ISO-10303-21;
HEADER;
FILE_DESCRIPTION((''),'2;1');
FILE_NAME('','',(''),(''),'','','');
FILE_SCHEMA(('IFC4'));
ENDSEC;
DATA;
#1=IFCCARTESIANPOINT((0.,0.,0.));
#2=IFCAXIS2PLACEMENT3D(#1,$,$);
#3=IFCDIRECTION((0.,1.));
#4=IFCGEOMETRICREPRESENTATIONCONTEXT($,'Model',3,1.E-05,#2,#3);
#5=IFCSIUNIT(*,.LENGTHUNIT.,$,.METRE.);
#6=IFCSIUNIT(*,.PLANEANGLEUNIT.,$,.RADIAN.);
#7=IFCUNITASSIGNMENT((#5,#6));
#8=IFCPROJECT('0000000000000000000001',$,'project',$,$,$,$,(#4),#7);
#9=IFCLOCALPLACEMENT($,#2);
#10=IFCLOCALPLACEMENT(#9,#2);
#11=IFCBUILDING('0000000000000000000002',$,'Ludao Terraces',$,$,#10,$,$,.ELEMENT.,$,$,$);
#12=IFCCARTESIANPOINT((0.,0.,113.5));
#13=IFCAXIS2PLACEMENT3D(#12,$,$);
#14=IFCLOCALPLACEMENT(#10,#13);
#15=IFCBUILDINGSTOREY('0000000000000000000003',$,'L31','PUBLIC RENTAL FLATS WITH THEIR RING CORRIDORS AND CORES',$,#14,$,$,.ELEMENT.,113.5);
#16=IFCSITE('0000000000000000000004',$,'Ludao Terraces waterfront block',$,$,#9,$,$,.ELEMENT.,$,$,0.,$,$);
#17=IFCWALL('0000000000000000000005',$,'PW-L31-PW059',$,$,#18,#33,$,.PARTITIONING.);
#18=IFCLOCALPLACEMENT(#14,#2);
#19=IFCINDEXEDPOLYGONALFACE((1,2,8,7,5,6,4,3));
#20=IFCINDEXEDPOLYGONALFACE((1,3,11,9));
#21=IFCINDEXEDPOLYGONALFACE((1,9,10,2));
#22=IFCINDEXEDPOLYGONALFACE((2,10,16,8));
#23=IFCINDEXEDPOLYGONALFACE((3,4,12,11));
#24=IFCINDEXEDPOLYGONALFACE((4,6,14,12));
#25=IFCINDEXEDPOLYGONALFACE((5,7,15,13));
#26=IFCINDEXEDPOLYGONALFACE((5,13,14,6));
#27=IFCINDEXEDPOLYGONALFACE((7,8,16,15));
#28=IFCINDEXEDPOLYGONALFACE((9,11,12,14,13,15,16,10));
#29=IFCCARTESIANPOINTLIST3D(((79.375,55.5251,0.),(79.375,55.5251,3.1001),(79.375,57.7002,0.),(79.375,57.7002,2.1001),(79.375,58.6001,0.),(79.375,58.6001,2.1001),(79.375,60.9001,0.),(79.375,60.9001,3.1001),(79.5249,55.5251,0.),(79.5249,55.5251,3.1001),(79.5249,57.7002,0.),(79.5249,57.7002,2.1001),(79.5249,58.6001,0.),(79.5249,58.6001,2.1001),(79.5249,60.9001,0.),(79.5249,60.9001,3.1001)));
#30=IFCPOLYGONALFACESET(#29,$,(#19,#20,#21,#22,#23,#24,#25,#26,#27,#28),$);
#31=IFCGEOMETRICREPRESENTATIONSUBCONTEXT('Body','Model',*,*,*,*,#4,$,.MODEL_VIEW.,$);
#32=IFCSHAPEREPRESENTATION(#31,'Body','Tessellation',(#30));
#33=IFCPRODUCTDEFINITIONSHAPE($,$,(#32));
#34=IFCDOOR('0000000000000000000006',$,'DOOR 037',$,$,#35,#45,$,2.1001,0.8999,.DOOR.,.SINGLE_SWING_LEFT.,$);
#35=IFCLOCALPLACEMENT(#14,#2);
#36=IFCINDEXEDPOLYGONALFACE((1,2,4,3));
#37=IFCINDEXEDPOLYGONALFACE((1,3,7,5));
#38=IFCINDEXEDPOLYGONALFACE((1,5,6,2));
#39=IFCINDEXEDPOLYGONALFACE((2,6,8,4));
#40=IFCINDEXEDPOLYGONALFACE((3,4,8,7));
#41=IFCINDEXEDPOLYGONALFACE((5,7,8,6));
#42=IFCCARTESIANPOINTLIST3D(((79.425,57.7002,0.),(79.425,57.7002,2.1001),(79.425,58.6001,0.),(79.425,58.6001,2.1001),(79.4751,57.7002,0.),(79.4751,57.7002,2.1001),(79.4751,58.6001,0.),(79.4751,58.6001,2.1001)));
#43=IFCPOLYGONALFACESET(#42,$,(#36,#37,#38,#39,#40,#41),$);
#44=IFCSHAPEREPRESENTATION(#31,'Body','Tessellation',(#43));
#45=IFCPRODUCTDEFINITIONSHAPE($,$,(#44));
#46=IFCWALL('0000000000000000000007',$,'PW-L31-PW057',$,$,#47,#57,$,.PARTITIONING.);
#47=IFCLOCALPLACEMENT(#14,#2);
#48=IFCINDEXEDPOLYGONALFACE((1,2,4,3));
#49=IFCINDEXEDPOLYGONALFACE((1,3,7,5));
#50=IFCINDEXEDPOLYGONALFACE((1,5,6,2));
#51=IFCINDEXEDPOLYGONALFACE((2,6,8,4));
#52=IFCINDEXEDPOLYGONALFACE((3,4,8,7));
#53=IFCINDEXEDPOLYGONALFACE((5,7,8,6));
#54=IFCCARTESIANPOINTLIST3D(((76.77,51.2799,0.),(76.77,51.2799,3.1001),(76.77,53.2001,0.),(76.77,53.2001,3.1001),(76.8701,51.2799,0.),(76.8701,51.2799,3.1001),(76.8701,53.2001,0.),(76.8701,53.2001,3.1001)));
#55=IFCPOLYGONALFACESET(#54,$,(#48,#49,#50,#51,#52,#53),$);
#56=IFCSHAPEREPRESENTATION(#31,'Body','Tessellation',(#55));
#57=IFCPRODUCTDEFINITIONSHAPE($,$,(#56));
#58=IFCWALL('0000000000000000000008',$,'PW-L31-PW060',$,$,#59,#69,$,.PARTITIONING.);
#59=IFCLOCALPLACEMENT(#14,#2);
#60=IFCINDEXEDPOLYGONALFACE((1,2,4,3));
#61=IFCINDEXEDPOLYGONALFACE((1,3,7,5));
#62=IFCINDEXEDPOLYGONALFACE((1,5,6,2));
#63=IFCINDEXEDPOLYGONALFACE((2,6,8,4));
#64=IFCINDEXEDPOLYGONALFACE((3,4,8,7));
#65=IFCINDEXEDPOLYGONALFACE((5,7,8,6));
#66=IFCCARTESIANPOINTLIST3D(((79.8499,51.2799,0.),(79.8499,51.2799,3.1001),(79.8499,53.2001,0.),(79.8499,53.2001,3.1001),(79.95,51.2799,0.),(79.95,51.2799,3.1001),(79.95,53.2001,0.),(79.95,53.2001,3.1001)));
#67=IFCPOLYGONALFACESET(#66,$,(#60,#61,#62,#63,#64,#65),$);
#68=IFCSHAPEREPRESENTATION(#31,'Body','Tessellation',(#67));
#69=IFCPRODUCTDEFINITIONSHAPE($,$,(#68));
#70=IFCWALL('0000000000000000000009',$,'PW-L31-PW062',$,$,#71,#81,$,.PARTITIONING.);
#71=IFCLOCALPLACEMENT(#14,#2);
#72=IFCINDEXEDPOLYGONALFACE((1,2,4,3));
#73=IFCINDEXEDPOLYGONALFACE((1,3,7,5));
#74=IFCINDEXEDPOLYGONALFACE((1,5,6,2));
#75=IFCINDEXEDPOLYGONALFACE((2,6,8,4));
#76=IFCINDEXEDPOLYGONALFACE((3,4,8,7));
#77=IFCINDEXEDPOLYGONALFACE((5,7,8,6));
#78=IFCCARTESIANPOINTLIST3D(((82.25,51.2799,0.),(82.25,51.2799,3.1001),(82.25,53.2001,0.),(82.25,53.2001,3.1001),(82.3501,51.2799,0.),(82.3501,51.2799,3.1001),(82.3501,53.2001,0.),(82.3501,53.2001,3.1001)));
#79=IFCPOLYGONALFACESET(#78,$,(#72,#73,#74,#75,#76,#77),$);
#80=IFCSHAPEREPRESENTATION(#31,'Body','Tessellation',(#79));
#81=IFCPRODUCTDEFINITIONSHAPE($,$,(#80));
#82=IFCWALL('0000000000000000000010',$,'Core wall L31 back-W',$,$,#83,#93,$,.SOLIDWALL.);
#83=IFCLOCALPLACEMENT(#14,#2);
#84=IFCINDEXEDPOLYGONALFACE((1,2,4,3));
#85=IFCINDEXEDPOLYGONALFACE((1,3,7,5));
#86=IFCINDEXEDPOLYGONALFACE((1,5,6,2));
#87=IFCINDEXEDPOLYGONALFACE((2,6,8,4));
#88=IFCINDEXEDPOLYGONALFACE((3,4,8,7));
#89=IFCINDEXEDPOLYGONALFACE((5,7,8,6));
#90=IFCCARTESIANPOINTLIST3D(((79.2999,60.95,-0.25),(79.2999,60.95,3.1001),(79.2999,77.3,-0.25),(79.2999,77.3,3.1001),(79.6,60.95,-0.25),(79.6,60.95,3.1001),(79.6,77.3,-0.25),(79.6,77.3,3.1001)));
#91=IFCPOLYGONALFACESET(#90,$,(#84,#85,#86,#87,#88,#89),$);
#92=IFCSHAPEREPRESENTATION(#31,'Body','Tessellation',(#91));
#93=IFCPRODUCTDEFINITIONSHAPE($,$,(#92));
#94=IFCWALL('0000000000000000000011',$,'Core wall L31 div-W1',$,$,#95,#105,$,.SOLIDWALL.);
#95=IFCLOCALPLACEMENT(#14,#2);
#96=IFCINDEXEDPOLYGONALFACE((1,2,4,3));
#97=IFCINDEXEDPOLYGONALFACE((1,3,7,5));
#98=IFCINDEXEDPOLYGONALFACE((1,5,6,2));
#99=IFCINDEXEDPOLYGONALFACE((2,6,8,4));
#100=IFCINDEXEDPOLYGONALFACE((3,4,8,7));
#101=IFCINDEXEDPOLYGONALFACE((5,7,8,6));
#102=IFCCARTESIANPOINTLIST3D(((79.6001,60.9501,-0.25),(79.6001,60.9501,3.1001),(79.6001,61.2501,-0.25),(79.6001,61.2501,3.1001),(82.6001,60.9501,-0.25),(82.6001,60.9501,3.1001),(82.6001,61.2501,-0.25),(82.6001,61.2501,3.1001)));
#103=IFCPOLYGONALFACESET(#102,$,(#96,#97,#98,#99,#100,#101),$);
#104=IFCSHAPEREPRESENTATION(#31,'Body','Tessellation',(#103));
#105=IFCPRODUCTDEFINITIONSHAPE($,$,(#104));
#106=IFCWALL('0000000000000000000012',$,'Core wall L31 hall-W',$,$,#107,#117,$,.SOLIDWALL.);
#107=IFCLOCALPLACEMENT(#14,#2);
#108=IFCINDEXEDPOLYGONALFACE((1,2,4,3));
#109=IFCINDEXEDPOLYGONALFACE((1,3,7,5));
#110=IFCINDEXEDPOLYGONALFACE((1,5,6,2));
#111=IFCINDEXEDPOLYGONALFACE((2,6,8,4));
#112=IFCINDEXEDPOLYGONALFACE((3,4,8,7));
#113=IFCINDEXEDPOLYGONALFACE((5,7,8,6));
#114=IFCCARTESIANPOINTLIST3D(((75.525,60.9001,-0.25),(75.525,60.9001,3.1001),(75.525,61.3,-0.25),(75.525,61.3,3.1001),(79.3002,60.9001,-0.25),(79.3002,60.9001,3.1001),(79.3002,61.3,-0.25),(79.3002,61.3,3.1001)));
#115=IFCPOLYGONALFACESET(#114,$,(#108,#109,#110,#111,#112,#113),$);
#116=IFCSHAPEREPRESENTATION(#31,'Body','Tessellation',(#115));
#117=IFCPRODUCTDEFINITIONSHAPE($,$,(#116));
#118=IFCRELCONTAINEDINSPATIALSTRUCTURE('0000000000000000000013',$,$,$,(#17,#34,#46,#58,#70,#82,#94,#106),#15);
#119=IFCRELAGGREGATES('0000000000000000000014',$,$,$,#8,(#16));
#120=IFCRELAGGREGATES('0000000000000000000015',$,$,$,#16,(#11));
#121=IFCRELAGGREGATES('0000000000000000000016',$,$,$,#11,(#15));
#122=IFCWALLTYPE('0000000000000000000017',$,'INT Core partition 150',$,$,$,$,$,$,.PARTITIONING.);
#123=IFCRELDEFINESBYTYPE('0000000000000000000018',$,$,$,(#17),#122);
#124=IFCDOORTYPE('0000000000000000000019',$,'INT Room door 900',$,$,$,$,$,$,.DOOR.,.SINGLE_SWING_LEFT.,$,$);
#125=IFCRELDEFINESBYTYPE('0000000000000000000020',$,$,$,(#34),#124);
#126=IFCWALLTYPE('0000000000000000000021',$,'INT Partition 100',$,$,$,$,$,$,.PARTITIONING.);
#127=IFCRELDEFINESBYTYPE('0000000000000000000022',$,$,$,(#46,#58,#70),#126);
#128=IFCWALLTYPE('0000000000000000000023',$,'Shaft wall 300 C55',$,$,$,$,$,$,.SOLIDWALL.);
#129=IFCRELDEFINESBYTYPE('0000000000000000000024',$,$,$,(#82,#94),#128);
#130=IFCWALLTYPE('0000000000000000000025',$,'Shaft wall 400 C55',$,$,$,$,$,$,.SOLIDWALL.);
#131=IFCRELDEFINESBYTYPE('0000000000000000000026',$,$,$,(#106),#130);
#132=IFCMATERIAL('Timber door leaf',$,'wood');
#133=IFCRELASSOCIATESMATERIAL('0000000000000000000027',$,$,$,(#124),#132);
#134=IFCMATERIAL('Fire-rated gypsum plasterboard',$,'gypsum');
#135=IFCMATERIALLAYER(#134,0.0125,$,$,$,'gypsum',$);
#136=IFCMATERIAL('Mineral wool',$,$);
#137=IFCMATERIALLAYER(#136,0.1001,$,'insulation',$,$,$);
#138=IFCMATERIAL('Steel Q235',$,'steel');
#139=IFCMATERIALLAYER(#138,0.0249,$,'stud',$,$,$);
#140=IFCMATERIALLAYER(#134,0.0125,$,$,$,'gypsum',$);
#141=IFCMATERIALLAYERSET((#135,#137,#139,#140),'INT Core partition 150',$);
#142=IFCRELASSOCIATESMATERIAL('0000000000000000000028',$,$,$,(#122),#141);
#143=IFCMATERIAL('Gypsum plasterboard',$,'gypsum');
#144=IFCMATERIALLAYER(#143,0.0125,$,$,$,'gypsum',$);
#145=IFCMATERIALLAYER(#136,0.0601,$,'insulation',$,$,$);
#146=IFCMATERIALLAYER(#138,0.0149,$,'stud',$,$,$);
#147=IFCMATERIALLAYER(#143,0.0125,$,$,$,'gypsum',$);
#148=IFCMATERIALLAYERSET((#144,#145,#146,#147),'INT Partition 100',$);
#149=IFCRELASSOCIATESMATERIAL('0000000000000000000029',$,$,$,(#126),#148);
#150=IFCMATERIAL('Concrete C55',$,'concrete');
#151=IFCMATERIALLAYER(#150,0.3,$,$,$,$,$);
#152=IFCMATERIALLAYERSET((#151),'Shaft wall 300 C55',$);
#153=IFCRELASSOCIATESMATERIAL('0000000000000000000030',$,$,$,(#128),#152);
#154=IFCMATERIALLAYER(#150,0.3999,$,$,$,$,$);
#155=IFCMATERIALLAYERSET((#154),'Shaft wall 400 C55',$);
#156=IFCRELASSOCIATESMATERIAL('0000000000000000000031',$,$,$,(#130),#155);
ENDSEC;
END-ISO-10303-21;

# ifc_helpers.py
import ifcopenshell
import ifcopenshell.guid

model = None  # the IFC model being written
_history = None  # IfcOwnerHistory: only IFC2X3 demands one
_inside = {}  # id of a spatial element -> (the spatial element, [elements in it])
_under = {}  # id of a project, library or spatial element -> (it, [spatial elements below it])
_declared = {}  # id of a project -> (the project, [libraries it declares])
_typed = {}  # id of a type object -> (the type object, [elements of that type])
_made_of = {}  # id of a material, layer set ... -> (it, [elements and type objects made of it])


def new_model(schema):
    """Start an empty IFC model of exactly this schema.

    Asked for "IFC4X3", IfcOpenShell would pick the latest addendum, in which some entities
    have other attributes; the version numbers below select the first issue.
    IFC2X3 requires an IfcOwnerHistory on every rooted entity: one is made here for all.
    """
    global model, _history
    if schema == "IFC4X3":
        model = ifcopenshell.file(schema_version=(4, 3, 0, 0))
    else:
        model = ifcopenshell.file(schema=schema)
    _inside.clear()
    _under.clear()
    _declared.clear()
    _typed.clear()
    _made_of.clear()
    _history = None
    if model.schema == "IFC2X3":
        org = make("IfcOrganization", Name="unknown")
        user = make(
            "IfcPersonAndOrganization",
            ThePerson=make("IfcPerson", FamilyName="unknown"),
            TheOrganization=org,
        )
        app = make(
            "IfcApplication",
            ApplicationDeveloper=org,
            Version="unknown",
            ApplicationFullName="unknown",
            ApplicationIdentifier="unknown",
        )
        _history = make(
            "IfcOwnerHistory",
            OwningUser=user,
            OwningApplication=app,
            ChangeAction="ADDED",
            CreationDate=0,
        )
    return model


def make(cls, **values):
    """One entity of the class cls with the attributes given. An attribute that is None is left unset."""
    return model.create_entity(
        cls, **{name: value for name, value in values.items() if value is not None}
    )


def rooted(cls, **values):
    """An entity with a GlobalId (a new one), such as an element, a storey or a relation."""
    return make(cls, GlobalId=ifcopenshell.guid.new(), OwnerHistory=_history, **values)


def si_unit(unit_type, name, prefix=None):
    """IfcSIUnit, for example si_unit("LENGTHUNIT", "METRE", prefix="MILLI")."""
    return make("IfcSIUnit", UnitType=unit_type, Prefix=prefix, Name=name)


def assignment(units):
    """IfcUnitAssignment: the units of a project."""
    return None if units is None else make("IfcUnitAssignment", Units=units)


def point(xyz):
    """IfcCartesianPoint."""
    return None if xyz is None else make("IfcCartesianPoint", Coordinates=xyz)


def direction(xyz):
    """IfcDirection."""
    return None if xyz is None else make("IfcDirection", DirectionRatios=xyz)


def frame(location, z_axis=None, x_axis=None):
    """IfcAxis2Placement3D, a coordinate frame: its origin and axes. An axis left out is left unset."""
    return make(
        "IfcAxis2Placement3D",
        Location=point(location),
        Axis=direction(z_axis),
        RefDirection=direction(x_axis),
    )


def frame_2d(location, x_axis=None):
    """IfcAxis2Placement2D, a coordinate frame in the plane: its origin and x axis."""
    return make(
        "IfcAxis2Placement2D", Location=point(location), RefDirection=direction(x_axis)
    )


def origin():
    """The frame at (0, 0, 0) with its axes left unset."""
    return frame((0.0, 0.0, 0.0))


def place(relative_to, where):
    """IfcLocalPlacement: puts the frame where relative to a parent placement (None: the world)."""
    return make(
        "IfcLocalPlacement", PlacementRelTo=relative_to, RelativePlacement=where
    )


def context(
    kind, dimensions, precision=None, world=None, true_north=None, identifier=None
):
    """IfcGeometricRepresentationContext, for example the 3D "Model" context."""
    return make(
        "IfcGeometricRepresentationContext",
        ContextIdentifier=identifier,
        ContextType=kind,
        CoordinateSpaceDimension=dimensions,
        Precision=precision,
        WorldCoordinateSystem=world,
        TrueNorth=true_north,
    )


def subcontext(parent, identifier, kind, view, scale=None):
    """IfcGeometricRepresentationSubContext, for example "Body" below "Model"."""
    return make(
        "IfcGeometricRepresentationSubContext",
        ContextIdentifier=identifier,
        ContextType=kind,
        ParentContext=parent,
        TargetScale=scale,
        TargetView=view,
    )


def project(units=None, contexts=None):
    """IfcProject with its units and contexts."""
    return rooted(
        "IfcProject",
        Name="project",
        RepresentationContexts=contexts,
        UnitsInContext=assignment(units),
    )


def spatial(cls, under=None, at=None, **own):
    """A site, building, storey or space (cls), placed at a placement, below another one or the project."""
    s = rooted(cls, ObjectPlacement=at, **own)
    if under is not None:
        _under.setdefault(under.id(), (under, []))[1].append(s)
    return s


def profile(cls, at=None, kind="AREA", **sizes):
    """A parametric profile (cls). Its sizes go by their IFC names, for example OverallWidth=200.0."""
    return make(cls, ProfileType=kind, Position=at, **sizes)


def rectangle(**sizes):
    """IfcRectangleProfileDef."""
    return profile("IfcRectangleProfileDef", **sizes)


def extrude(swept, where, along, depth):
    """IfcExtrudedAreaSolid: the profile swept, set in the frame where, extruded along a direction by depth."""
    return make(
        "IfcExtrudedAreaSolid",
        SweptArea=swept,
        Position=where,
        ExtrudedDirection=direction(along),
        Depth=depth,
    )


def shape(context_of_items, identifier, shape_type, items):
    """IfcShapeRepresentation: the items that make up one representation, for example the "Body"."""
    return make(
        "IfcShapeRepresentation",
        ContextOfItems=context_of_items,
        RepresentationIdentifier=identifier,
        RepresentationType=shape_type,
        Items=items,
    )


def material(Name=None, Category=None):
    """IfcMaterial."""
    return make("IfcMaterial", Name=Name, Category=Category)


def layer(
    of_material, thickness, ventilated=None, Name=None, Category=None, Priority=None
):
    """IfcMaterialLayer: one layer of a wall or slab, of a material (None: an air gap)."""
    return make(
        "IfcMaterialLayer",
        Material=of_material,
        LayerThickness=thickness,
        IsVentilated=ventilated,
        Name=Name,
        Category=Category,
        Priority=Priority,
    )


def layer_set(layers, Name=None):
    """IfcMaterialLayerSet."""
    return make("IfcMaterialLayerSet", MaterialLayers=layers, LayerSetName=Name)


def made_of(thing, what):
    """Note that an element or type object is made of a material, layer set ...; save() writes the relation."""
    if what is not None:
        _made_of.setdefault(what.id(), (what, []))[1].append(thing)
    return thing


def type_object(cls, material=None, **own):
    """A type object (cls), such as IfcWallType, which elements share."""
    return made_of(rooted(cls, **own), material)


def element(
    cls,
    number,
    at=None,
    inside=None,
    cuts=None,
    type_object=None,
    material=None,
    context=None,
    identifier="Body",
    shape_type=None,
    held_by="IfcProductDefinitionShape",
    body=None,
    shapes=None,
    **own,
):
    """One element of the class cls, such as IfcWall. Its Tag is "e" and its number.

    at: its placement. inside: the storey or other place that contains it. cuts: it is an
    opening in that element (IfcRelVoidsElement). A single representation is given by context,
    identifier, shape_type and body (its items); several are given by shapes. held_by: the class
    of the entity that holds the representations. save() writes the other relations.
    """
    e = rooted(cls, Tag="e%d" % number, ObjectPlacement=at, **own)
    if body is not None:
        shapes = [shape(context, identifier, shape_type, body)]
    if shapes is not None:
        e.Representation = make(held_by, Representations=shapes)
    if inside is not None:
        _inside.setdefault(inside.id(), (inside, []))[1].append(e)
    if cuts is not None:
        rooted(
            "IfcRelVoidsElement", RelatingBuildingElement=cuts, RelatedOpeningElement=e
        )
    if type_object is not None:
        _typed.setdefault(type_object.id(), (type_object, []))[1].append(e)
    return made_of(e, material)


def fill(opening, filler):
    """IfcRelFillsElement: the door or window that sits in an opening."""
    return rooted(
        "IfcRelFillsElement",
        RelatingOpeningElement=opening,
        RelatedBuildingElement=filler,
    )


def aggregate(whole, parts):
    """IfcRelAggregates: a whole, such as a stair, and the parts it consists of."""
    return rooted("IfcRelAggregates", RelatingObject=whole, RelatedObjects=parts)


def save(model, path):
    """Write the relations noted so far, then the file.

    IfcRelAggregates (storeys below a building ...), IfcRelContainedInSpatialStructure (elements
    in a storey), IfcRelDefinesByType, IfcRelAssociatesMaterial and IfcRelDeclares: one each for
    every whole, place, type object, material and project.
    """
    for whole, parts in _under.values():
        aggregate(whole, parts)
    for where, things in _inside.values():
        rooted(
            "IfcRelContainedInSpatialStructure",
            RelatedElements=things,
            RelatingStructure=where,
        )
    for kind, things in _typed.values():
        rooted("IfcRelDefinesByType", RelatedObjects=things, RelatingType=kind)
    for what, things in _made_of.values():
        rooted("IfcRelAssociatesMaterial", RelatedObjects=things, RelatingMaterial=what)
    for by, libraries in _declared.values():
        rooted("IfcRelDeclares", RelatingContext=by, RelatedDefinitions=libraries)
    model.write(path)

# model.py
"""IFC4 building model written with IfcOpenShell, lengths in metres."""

from ifc_helpers import new_model, si_unit, direction, frame, frame_2d, origin, place, context, subcontext, project, spatial, rectangle, extrude, material, layer, layer_set, type_object, element, fill, save


model = new_model("IFC4")

# Units and contexts
model_context = context("Model", 3, precision=1e-05, world=origin(), true_north=direction((0.0, 1.0)))
body_context = subcontext(model_context, "Body", "Model", "MODEL_VIEW")
ifc_project = project(units=[si_unit("LENGTHUNIT", "METRE"), si_unit("PLANEANGLEUNIT", "RADIAN")], contexts=[model_context])

# Site, building, storey
site_placement = place(None, origin())
site = spatial("IfcSite", under=ifc_project, at=site_placement, Name="Ludao Terraces waterfront block", CompositionType="ELEMENT", RefElevation=0.0)
building_placement = place(site_placement, origin())
building = spatial("IfcBuilding", under=site, at=building_placement, Name="Ludao Terraces", CompositionType="ELEMENT")
storey_placement = place(building_placement, frame((0.0, 0.0, 113.5)))
storey = spatial("IfcBuildingStorey", under=building, at=storey_placement, Name="L31", Description="PUBLIC RENTAL FLATS WITH THEIR RING CORRIDORS AND CORES", CompositionType="ELEMENT", Elevation=113.5)

# Shared definitions
ifc_material_1 = material(Name="Steel Q235", Category="steel")
ifc_material_2 = material(Name="Timber door leaf", Category="wood")
door_type_1 = type_object("IfcDoorType", Name="INT Room door 900", OperationType="SINGLE_SWING_LEFT", PredefinedType="DOOR", material=ifc_material_2)

# Wall, opening, door
ifc_material_3 = material(Name="Fire-rated gypsum plasterboard", Category="gypsum")
ifc_layer_1 = layer(ifc_material_3, 0.0125, Category="gypsum")
ifc_material_4 = material(Name="Mineral wool")
ifc_layer_2 = layer(ifc_material_4, 0.1001, Name="insulation")
ifc_layer_3 = layer(ifc_material_1, 0.0249, Name="stud")
ifc_layer_4 = layer(ifc_material_3, 0.0125, Category="gypsum")
ifc_layer_set_1 = layer_set([ifc_layer_1, ifc_layer_2, ifc_layer_3, ifc_layer_4], Name="INT Core partition 150")
wall_type_1 = type_object("IfcWallType", Name="INT Core partition 150", PredefinedType="PARTITIONING", material=ifc_layer_set_1)
wall_1_placement = place(storey_placement, frame((79.45, 55.5251, 0.0), z_axis=(0.0, 0.0, 1.0), x_axis=(0.0, 1.0, 0.0)))
wall_1 = element("IfcWall", 1, at=wall_1_placement, inside=storey, type_object=wall_type_1, Name="PW-L31-PW059", PredefinedType="PARTITIONING", context=body_context, shape_type="SweptSolid", body=[
    extrude(rectangle(XDim=5.375, YDim=0.1499, at=frame_2d((2.6875, 0.0))), origin(), (0.0, 0.0, 1.0), 3.1001),
])
opening_1_placement = place(wall_1_placement, frame((2.175, 0.0, 0.0)))
opening_1 = element("IfcOpeningElement", 2, at=opening_1_placement, cuts=wall_1, PredefinedType="OPENING", context=body_context, shape_type="SweptSolid", body=[
    extrude(rectangle(XDim=0.8999, YDim=2.1001, at=frame_2d((0.45, 1.05))), frame((0.0, 0.085, 0.0), z_axis=(0.0, -1.0, 0.0), x_axis=(1.0, 0.0, 0.0)), (0.0, 0.0, 1.0), 0.1699),
])
door_1_placement = place(opening_1_placement, origin())
door_1 = element("IfcDoor", 3, at=door_1_placement, inside=storey, type_object=door_type_1, Name="DOOR 037", OperationType="SINGLE_SWING_LEFT", OverallHeight=2.1001, OverallWidth=0.8999, PredefinedType="DOOR", context=body_context, shape_type="SweptSolid", body=[
    extrude(rectangle(XDim=0.8999, YDim=2.1001, at=frame_2d((0.45, 1.05))), frame((0.0, 0.0249, 0.0), z_axis=(0.0, -1.0, 0.0), x_axis=(1.0, 0.0, 0.0)), (0.0, 0.0, 1.0), 0.05),
])
fill(opening_1, door_1)

# Walls
ifc_material_5 = material(Name="Gypsum plasterboard", Category="gypsum")
ifc_layer_5 = layer(ifc_material_5, 0.0125, Category="gypsum")
ifc_layer_6 = layer(ifc_material_4, 0.0601, Name="insulation")
ifc_layer_7 = layer(ifc_material_1, 0.0149, Name="stud")
ifc_layer_8 = layer(ifc_material_5, 0.0125, Category="gypsum")
ifc_layer_set_2 = layer_set([ifc_layer_5, ifc_layer_6, ifc_layer_7, ifc_layer_8], Name="INT Partition 100")
wall_type_2 = type_object("IfcWallType", Name="INT Partition 100", PredefinedType="PARTITIONING", material=ifc_layer_set_2)
for number, where, z_axis, x_axis, name in (
    (4, (76.8201, 51.28, 0.0), (0.0, 0.0, 1.0), (0.0, 1.0, 0.0), "PW-L31-PW057"),
    (5, (79.8999, 51.28, 0.0), (0.0, 0.0, 1.0), (0.0, 1.0, 0.0), "PW-L31-PW060"),
    (6, (82.3, 51.28, 0.0), (0.0, 0.0, 1.0), (0.0, 1.0, 0.0), "PW-L31-PW062"),
):
    element("IfcWall", number, at=place(storey_placement, frame(where, z_axis=z_axis, x_axis=x_axis)), inside=storey, type_object=wall_type_2, Name=name, PredefinedType="PARTITIONING", context=body_context, shape_type="SweptSolid", body=[
        extrude(rectangle(XDim=1.9202, YDim=0.1001, at=frame_2d((0.96, 0.0))), origin(), (0.0, 0.0, 1.0), 3.1001),
    ])
ifc_material_6 = material(Name="Concrete C55", Category="concrete")
ifc_layer_9 = layer(ifc_material_6, 0.3)
ifc_layer_set_3 = layer_set([ifc_layer_9], Name="Shaft wall 300 C55")
wall_type_3 = type_object("IfcWallType", Name="Shaft wall 300 C55", PredefinedType="SOLIDWALL", material=ifc_layer_set_3)
wall_2_placement = place(storey_placement, frame((79.45, 60.95, -0.25), z_axis=(0.0, 0.0, 1.0), x_axis=(0.0, 1.0, 0.0)))
element("IfcWall", 7, at=wall_2_placement, inside=storey, type_object=wall_type_3, Name="Core wall L31 back-W", PredefinedType="SOLIDWALL", context=body_context, shape_type="SweptSolid", body=[
    extrude(rectangle(XDim=16.3501, YDim=0.3, at=frame_2d((8.175, 0.0))), origin(), (0.0, 0.0, 1.0), 3.3501),
])
wall_3_placement = place(storey_placement, frame((79.6001, 61.1001, -0.25), z_axis=(0.0, 0.0, 1.0), x_axis=(1.0, 0.0, 0.0)))
element("IfcWall", 8, at=wall_3_placement, inside=storey, type_object=wall_type_3, Name="Core wall L31 div-W1", PredefinedType="SOLIDWALL", context=body_context, shape_type="SweptSolid", body=[
    extrude(rectangle(XDim=3.0, YDim=0.3, at=frame_2d((1.5, 0.0))), origin(), (0.0, 0.0, 1.0), 3.3501),
])
ifc_layer_10 = layer(ifc_material_6, 0.3999)
ifc_layer_set_4 = layer_set([ifc_layer_10], Name="Shaft wall 400 C55")
wall_type_4 = type_object("IfcWallType", Name="Shaft wall 400 C55", PredefinedType="SOLIDWALL", material=ifc_layer_set_4)
wall_4_placement = place(storey_placement, frame((75.5249, 61.1001, -0.25), z_axis=(0.0, 0.0, 1.0), x_axis=(1.0, 0.0, 0.0)))
element("IfcWall", 9, at=wall_4_placement, inside=storey, type_object=wall_type_4, Name="Core wall L31 hall-W", PredefinedType="SOLIDWALL", context=body_context, shape_type="SweptSolid", body=[
    extrude(rectangle(XDim=3.7751, YDim=0.3999, at=frame_2d((1.8877, 0.0))), origin(), (0.0, 0.0, 1.0), 3.3501),
])

save(model, "model.ifc")
